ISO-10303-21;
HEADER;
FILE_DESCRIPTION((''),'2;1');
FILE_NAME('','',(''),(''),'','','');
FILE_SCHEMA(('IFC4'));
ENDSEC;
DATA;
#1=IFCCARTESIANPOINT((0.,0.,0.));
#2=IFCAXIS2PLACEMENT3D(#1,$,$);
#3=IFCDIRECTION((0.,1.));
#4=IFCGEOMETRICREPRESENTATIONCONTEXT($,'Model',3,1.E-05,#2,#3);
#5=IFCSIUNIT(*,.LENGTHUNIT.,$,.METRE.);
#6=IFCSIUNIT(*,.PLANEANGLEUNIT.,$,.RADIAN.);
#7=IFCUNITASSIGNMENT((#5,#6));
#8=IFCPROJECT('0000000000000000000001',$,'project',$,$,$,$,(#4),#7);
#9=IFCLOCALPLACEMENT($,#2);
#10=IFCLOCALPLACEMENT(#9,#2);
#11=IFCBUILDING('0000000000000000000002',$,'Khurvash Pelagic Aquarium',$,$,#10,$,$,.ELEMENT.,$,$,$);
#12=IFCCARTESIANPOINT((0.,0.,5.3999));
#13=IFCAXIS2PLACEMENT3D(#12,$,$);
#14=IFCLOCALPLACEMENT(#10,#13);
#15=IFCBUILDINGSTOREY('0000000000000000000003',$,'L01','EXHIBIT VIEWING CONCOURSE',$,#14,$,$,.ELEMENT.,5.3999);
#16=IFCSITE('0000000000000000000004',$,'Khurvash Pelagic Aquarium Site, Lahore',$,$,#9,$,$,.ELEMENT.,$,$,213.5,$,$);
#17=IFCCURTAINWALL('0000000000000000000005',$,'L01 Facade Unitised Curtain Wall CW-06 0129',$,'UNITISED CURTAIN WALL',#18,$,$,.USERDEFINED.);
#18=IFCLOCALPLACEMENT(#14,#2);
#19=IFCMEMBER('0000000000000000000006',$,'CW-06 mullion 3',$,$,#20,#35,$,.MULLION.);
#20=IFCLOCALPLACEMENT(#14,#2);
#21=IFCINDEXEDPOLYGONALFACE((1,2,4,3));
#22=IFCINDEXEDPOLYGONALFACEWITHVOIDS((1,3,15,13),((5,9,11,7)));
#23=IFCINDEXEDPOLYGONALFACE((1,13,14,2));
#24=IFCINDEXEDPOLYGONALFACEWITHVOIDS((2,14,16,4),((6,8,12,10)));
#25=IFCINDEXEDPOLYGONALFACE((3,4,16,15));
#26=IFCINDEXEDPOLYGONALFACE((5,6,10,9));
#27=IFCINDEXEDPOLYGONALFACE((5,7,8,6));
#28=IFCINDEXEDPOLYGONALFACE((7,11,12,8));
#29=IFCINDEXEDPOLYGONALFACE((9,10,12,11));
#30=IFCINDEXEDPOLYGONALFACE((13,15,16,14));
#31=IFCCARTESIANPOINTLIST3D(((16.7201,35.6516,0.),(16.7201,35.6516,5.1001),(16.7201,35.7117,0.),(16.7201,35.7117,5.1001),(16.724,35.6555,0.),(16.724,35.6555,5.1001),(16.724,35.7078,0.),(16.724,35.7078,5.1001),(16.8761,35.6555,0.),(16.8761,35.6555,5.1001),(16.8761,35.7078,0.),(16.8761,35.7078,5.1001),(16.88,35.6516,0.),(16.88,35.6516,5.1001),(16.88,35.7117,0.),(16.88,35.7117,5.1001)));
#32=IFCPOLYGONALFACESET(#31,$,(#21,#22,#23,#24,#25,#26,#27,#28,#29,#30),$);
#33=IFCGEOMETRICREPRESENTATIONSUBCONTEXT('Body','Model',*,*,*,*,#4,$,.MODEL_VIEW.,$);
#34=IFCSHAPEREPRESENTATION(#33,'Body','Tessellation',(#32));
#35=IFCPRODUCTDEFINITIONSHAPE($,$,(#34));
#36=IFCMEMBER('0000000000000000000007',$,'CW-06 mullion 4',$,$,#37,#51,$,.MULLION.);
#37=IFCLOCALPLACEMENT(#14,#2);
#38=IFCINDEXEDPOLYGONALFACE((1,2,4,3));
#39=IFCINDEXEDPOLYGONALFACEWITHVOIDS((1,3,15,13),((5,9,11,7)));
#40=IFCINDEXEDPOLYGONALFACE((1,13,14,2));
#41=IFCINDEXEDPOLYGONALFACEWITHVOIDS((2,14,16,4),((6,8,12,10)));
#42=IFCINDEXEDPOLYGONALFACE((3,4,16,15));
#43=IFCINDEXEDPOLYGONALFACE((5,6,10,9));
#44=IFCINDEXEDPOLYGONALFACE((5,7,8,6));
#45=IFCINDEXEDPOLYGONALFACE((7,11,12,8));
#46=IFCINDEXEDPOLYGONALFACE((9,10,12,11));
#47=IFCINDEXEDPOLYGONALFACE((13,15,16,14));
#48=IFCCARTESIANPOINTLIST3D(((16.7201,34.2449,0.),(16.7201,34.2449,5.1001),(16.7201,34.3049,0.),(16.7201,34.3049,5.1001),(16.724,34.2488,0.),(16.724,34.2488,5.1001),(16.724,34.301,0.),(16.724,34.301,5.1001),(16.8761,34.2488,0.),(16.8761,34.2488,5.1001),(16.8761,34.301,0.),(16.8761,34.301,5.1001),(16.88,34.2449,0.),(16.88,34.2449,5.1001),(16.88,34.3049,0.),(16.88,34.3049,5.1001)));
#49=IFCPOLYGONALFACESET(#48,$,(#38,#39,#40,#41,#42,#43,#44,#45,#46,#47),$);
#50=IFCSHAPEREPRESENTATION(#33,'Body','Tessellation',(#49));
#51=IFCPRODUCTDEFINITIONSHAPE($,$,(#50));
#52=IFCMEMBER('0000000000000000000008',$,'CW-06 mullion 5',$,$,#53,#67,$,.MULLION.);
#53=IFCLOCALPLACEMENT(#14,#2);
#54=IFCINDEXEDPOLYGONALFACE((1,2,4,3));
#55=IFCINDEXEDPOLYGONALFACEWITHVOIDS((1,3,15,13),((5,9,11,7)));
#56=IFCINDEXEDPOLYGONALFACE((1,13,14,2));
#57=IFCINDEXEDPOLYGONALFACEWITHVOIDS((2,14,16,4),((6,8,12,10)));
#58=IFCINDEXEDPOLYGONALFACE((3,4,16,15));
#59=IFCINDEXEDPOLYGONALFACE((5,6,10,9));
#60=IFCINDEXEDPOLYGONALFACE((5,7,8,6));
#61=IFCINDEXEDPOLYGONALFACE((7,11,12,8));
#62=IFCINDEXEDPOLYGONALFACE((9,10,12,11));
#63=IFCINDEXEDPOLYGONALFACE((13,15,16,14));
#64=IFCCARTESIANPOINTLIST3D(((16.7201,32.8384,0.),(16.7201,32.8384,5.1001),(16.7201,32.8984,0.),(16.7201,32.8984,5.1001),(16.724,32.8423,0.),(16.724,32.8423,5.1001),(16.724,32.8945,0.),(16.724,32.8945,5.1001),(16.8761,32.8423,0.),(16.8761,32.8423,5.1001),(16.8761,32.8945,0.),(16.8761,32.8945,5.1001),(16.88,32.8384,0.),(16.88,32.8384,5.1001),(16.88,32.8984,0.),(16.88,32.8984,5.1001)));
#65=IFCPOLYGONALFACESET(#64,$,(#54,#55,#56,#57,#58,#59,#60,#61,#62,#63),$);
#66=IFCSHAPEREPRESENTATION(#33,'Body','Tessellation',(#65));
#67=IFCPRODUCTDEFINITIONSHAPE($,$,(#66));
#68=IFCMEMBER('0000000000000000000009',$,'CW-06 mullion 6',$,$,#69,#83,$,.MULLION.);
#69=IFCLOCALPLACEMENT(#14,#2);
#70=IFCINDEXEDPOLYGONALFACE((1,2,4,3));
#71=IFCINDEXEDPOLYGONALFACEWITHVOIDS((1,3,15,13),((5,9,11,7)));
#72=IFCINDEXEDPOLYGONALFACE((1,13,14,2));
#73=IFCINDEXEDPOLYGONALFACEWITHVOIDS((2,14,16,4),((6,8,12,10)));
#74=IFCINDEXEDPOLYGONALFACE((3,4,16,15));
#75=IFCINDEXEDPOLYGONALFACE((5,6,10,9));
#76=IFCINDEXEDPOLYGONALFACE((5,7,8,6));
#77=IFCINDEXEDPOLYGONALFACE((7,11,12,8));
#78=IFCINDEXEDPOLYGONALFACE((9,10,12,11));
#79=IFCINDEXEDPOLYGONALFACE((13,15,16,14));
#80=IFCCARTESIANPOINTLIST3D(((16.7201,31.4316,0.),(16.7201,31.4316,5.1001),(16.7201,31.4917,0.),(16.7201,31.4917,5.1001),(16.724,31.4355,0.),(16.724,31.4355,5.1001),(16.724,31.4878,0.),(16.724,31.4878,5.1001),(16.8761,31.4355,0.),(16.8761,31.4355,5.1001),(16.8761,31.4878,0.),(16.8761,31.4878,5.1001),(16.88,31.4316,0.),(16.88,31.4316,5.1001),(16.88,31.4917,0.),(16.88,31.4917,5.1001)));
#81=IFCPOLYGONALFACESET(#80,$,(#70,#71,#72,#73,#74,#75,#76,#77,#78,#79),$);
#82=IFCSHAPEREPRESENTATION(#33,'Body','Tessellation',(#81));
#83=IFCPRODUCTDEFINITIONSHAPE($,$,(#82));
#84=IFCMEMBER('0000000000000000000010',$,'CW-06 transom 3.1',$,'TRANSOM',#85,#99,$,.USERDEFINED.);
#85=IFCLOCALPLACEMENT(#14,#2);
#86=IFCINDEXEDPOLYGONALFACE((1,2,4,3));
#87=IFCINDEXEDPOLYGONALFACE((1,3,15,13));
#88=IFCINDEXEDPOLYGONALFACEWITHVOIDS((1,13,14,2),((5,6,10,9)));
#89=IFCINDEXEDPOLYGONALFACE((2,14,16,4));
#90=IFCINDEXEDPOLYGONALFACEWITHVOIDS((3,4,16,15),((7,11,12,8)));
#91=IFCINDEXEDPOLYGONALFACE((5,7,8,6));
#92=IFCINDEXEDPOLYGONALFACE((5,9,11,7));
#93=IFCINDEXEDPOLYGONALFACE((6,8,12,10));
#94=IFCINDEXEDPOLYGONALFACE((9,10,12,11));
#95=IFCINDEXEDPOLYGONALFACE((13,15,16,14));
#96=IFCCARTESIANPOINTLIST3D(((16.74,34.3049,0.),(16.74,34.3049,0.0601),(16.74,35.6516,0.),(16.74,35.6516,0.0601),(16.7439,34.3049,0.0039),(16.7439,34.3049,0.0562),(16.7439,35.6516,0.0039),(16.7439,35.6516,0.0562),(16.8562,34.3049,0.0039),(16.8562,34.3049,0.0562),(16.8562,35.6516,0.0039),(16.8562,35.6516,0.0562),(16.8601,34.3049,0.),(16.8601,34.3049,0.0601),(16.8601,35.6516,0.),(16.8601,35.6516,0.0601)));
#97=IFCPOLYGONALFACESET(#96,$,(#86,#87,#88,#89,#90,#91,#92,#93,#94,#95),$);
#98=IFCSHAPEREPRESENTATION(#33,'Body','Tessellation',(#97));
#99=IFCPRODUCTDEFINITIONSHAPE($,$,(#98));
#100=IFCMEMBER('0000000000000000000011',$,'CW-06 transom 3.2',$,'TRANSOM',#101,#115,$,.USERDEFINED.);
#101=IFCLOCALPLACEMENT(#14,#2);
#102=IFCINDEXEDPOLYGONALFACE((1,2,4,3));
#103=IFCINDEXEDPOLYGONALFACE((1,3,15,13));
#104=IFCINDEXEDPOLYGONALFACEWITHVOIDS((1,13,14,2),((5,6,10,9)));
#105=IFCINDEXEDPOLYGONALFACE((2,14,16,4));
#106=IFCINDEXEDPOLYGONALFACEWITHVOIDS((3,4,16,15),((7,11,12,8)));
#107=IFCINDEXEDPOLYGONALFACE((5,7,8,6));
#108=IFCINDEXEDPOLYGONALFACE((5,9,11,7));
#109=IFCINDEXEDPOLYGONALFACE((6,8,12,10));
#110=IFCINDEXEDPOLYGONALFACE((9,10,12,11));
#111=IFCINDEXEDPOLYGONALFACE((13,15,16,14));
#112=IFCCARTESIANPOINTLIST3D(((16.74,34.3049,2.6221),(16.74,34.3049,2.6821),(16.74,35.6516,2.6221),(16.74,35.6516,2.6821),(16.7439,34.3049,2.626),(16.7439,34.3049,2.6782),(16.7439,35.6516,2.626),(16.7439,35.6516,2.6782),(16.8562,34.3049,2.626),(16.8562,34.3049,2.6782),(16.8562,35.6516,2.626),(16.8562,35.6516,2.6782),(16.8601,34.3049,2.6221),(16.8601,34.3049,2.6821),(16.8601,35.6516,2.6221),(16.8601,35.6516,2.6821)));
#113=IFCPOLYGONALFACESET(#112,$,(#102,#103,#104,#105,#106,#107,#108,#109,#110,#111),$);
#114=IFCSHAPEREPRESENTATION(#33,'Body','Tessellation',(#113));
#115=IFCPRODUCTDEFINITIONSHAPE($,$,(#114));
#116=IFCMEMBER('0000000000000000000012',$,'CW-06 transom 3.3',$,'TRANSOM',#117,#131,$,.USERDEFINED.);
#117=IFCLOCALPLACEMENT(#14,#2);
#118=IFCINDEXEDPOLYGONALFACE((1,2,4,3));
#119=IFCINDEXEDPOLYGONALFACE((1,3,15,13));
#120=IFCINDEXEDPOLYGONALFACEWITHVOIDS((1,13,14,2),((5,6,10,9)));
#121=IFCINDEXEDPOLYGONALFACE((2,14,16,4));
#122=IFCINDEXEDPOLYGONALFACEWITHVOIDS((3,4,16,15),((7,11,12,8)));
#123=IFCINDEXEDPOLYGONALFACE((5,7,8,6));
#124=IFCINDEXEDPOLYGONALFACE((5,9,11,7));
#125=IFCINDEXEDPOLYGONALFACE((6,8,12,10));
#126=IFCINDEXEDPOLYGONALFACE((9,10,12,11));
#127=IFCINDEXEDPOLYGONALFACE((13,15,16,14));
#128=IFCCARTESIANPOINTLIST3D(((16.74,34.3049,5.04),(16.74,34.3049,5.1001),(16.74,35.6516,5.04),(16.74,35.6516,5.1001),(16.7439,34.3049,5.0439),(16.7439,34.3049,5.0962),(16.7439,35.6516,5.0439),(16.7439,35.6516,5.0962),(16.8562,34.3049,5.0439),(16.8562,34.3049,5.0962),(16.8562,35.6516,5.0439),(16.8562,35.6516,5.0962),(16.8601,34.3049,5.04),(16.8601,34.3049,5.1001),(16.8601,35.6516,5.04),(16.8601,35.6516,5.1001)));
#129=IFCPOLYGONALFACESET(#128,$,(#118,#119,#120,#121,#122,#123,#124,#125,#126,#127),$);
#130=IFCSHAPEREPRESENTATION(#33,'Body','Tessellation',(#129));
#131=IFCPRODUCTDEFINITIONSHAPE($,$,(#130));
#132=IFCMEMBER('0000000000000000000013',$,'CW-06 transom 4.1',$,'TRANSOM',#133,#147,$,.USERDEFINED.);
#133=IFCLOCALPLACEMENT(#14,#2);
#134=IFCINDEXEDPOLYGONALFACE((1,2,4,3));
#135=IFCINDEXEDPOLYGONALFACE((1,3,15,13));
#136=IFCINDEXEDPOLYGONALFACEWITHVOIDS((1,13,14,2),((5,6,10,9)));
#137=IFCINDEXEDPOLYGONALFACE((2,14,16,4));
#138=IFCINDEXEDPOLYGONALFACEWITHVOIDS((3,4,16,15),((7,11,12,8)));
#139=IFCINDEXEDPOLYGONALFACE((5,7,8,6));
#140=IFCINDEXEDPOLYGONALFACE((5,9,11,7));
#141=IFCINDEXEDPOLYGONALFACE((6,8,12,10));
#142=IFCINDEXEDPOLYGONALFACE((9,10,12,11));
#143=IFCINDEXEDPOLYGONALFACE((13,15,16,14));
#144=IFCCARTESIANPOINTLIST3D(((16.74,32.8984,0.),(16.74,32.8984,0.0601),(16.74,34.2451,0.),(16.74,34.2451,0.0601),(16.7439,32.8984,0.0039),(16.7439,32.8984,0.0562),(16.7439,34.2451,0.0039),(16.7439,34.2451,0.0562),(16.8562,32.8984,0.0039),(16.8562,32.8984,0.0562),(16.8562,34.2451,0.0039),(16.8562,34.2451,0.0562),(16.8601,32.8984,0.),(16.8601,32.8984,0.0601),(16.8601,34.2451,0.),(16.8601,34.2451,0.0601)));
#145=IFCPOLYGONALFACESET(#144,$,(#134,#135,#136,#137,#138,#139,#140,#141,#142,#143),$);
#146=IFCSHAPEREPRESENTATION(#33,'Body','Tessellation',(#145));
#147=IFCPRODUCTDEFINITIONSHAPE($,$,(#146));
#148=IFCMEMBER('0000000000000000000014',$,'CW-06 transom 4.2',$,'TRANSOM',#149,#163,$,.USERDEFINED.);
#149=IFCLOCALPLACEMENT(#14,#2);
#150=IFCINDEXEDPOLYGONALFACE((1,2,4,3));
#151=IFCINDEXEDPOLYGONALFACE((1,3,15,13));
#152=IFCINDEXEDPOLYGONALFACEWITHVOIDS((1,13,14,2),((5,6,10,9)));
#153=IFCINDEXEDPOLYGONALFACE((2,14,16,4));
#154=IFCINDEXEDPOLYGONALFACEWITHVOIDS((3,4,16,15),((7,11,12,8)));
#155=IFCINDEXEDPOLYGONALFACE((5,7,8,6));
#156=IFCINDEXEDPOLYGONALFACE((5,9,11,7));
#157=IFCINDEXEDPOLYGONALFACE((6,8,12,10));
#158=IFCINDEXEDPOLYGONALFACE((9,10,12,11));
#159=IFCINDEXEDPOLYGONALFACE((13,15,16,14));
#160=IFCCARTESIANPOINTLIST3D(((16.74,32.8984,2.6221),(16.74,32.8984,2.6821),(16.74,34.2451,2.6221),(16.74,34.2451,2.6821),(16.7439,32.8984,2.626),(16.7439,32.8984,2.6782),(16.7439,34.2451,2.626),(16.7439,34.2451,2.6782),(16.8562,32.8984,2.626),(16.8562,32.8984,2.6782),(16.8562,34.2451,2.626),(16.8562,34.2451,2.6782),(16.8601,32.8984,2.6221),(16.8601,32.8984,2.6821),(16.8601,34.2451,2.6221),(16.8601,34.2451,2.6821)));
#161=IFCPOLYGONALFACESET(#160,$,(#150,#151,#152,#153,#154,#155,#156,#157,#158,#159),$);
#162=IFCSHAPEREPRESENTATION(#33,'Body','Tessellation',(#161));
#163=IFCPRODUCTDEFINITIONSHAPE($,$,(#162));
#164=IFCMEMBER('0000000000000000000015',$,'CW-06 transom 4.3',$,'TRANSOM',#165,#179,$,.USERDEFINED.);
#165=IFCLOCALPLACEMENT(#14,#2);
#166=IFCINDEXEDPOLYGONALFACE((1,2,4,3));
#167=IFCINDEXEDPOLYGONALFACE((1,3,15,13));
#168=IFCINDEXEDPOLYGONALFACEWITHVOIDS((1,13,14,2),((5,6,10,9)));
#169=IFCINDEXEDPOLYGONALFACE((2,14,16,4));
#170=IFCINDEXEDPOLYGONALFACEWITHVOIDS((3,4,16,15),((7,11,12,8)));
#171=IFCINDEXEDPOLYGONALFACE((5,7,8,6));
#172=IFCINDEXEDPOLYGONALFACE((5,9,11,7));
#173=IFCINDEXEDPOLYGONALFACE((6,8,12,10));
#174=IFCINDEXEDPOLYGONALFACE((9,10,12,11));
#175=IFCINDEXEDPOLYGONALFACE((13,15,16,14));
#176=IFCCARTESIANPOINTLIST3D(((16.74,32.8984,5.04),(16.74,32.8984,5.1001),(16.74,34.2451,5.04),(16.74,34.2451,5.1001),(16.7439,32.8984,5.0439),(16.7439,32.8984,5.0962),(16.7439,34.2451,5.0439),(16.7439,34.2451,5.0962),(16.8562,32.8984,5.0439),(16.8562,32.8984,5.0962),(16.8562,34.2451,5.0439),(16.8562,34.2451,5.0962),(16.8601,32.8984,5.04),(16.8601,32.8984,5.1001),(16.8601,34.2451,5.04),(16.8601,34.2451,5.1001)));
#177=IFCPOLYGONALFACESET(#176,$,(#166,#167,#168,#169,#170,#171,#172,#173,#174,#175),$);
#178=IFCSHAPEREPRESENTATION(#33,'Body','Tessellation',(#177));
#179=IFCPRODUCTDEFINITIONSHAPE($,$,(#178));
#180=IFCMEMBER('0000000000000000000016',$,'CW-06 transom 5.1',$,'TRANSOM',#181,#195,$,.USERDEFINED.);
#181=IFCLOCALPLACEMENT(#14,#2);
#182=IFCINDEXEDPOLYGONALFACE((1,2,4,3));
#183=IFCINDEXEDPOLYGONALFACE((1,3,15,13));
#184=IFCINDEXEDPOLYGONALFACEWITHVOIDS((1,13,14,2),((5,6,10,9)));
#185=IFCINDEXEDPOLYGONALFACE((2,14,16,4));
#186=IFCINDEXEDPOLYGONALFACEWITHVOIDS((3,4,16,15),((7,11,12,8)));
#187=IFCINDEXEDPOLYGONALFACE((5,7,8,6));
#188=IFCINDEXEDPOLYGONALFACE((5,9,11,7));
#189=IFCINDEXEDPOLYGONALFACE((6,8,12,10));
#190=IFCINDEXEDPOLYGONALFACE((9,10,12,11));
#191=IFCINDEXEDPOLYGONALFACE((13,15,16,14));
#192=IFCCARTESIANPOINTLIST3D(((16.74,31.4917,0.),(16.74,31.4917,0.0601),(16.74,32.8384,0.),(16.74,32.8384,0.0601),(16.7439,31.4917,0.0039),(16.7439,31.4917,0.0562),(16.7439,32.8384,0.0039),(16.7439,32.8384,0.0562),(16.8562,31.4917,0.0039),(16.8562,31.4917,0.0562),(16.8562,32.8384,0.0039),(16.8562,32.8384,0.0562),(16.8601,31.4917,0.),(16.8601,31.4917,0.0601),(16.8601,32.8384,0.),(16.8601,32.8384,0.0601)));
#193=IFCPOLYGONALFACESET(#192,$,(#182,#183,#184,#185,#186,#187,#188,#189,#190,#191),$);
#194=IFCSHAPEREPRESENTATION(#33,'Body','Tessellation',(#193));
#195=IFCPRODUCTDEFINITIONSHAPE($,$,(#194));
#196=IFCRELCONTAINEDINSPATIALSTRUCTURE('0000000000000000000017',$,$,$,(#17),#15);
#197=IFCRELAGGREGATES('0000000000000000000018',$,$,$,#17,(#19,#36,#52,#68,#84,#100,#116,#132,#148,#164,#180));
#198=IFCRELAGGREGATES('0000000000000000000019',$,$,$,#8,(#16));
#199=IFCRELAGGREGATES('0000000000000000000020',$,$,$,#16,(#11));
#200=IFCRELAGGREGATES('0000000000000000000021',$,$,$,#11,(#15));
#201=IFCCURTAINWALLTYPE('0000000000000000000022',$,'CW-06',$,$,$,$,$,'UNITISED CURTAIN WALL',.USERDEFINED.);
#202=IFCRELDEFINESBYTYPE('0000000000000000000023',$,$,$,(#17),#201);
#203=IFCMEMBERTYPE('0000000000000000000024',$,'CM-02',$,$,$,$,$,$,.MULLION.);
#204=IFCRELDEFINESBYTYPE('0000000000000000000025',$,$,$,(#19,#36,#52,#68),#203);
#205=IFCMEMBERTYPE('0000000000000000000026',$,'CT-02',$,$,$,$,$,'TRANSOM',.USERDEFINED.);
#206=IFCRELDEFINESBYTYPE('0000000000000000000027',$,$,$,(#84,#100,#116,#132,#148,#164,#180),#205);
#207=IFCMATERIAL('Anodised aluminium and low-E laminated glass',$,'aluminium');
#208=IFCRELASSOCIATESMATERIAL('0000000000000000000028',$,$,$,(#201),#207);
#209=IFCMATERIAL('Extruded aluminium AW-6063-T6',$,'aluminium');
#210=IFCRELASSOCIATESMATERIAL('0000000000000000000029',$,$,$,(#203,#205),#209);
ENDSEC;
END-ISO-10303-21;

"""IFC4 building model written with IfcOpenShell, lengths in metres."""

from ifc_helpers import new_model, si_unit, direction, frame, origin, origin_2d, place, context, subcontext, project, spatial, hollow_rectangle, extrude, material, material_profile, profile_set, type_object, element, aggregate, save


model = new_model("IFC4")

# Units and contexts
model_context = context("Model", 3, precision=1e-05, world=origin(), true_north=direction((0.0, 1.0)))
body_context = subcontext(model_context, "Body", "Model", "MODEL_VIEW")
ifc_project = project(units=[si_unit("LENGTHUNIT", "METRE"), si_unit("PLANEANGLEUNIT", "RADIAN")], contexts=[model_context])

# Site, building, storey
site_placement = place(None, origin())
site = spatial("IfcSite", under=ifc_project, at=site_placement, Name="Khurvash Pelagic Aquarium Site, Lahore", CompositionType="ELEMENT", RefElevation=213.5)
building_placement = place(site_placement, origin())
building = spatial("IfcBuilding", under=site, at=building_placement, Name="Khurvash Pelagic Aquarium", CompositionType="ELEMENT")
storey_placement = place(building_placement, frame((0.0, 0.0, 5.3999)))
storey = spatial("IfcBuildingStorey", under=building, at=storey_placement, Name="L01", Description="EXHIBIT VIEWING CONCOURSE", CompositionType="ELEMENT", Elevation=5.3999)

# Curtain wall, members
ifc_material_1 = material(Name="Anodised aluminium and low-E laminated glass", Category="aluminium")
curtain_wall_type = type_object("IfcCurtainWallType", Name="CW-06", ElementType="UNITISED CURTAIN WALL", PredefinedType="USERDEFINED", material=ifc_material_1)
curtain_wall_placement = place(storey_placement, origin())
curtain_wall = element("IfcCurtainWall", 1, at=curtain_wall_placement, inside=storey, type_object=curtain_wall_type, Name="L01 Facade Unitised Curtain Wall CW-06 0129", ObjectType="UNITISED CURTAIN WALL", PredefinedType="USERDEFINED")
ifc_material_2 = material(Name="Extruded aluminium AW-6063-T6", Category="aluminium")
ifc_material_profile_1 = material_profile(ifc_material_2, hollow_rectangle(XDim=0.0601, YDim=0.1599, WallThickness=0.0039, at=origin_2d()), Name="CWM60X160X4")
ifc_profile_set_1 = profile_set([ifc_material_profile_1], Name="Extruded aluminium AW-6063-T6")
member_type_1 = type_object("IfcMemberType", Name="CM-02", PredefinedType="MULLION", material=ifc_profile_set_1)
member_1_placement = place(storey_placement, frame((16.8, 35.6816, 0.0), z_axis=(0.0, 0.0, 1.0), x_axis=(0.0, -1.0, 0.0)))
member_1 = element("IfcMember", 2, at=member_1_placement, type_object=member_type_1, Name="CW-06 mullion 3", PredefinedType="MULLION", context=body_context, shape_type="SweptSolid", body=[
    extrude(hollow_rectangle(XDim=0.0601, YDim=0.1599, WallThickness=0.0039, at=origin_2d()), origin(), (0.0, 0.0, 1.0), 5.1001),
])
member_2_placement = place(storey_placement, frame((16.8, 34.2749, 0.0), z_axis=(0.0, 0.0, 1.0), x_axis=(0.0, -1.0, 0.0)))
member_2 = element("IfcMember", 3, at=member_2_placement, type_object=member_type_1, Name="CW-06 mullion 4", PredefinedType="MULLION", context=body_context, shape_type="SweptSolid", body=[
    extrude(hollow_rectangle(XDim=0.0601, YDim=0.1599, WallThickness=0.0039, at=origin_2d()), origin(), (0.0, 0.0, 1.0), 5.1001),
])
member_3_placement = place(storey_placement, frame((16.8, 32.8684, 0.0), z_axis=(0.0, 0.0, 1.0), x_axis=(0.0, -1.0, 0.0)))
member_3 = element("IfcMember", 4, at=member_3_placement, type_object=member_type_1, Name="CW-06 mullion 5", PredefinedType="MULLION", context=body_context, shape_type="SweptSolid", body=[
    extrude(hollow_rectangle(XDim=0.0601, YDim=0.1599, WallThickness=0.0039, at=origin_2d()), origin(), (0.0, 0.0, 1.0), 5.1001),
])
member_4_placement = place(storey_placement, frame((16.8, 31.4617, 0.0), z_axis=(0.0, 0.0, 1.0), x_axis=(0.0, -1.0, 0.0)))
member_4 = element("IfcMember", 5, at=member_4_placement, type_object=member_type_1, Name="CW-06 mullion 6", PredefinedType="MULLION", context=body_context, shape_type="SweptSolid", body=[
    extrude(hollow_rectangle(XDim=0.0601, YDim=0.1599, WallThickness=0.0039, at=origin_2d()), origin(), (0.0, 0.0, 1.0), 5.1001),
])
ifc_material_profile_2 = material_profile(ifc_material_2, hollow_rectangle(XDim=0.1201, YDim=0.0601, WallThickness=0.0039, at=origin_2d()), Name="CWT120X60X4")
ifc_profile_set_2 = profile_set([ifc_material_profile_2], Name="Extruded aluminium AW-6063-T6")
member_type_2 = type_object("IfcMemberType", Name="CT-02", ElementType="TRANSOM", PredefinedType="USERDEFINED", material=ifc_profile_set_2)
member_5_placement = place(storey_placement, frame((16.8, 35.6516, 0.03), z_axis=(0.0, -1.0, 0.0), x_axis=(1.0, 0.0, 0.0)))
member_5 = element("IfcMember", 6, at=member_5_placement, type_object=member_type_2, Name="CW-06 transom 3.1", ObjectType="TRANSOM", PredefinedType="USERDEFINED", context=body_context, shape_type="SweptSolid", body=[
    extrude(hollow_rectangle(XDim=0.1201, YDim=0.0601, WallThickness=0.0039, at=origin_2d()), origin(), (0.0, 0.0, 1.0), 1.3467),
])
member_6_placement = place(storey_placement, frame((16.8, 35.6516, 2.6521), z_axis=(0.0, -1.0, 0.0), x_axis=(1.0, 0.0, 0.0)))
member_6 = element("IfcMember", 7, at=member_6_placement, type_object=member_type_2, Name="CW-06 transom 3.2", ObjectType="TRANSOM", PredefinedType="USERDEFINED", context=body_context, shape_type="SweptSolid", body=[
    extrude(hollow_rectangle(XDim=0.1201, YDim=0.0601, WallThickness=0.0039, at=origin_2d()), origin(), (0.0, 0.0, 1.0), 1.3467),
])
member_7_placement = place(storey_placement, frame((16.8, 35.6516, 5.0701), z_axis=(0.0, -1.0, 0.0), x_axis=(1.0, 0.0, 0.0)))
member_7 = element("IfcMember", 8, at=member_7_placement, type_object=member_type_2, Name="CW-06 transom 3.3", ObjectType="TRANSOM", PredefinedType="USERDEFINED", context=body_context, shape_type="SweptSolid", body=[
    extrude(hollow_rectangle(XDim=0.1201, YDim=0.0601, WallThickness=0.0039, at=origin_2d()), origin(), (0.0, 0.0, 1.0), 1.3467),
])
member_8_placement = place(storey_placement, frame((16.8, 34.2451, 0.03), z_axis=(0.0, -1.0, 0.0), x_axis=(1.0, 0.0, 0.0)))
member_8 = element("IfcMember", 9, at=member_8_placement, type_object=member_type_2, Name="CW-06 transom 4.1", ObjectType="TRANSOM", PredefinedType="USERDEFINED", context=body_context, shape_type="SweptSolid", body=[
    extrude(hollow_rectangle(XDim=0.1201, YDim=0.0601, WallThickness=0.0039, at=origin_2d()), origin(), (0.0, 0.0, 1.0), 1.3467),
])
member_9_placement = place(storey_placement, frame((16.8, 34.2451, 2.6521), z_axis=(0.0, -1.0, 0.0), x_axis=(1.0, 0.0, 0.0)))
member_9 = element("IfcMember", 10, at=member_9_placement, type_object=member_type_2, Name="CW-06 transom 4.2", ObjectType="TRANSOM", PredefinedType="USERDEFINED", context=body_context, shape_type="SweptSolid", body=[
    extrude(hollow_rectangle(XDim=0.1201, YDim=0.0601, WallThickness=0.0039, at=origin_2d()), origin(), (0.0, 0.0, 1.0), 1.3467),
])
member_10_placement = place(storey_placement, frame((16.8, 34.2451, 5.0701), z_axis=(0.0, -1.0, 0.0), x_axis=(1.0, 0.0, 0.0)))
member_10 = element("IfcMember", 11, at=member_10_placement, type_object=member_type_2, Name="CW-06 transom 4.3", ObjectType="TRANSOM", PredefinedType="USERDEFINED", context=body_context, shape_type="SweptSolid", body=[
    extrude(hollow_rectangle(XDim=0.1201, YDim=0.0601, WallThickness=0.0039, at=origin_2d()), origin(), (0.0, 0.0, 1.0), 1.3467),
])
member_11_placement = place(storey_placement, frame((16.8, 32.8384, 0.03), z_axis=(0.0, -1.0, 0.0), x_axis=(1.0, 0.0, 0.0)))
member_11 = element("IfcMember", 12, at=member_11_placement, type_object=member_type_2, Name="CW-06 transom 5.1", ObjectType="TRANSOM", PredefinedType="USERDEFINED", context=body_context, shape_type="SweptSolid", body=[
    extrude(hollow_rectangle(XDim=0.1201, YDim=0.0601, WallThickness=0.0039, at=origin_2d()), origin(), (0.0, 0.0, 1.0), 1.3467),
])

aggregate(curtain_wall, [member_1, member_2, member_3, member_4, member_5, member_6, member_7, member_8, member_9, member_10, member_11])

save(model, "model.ifc")
